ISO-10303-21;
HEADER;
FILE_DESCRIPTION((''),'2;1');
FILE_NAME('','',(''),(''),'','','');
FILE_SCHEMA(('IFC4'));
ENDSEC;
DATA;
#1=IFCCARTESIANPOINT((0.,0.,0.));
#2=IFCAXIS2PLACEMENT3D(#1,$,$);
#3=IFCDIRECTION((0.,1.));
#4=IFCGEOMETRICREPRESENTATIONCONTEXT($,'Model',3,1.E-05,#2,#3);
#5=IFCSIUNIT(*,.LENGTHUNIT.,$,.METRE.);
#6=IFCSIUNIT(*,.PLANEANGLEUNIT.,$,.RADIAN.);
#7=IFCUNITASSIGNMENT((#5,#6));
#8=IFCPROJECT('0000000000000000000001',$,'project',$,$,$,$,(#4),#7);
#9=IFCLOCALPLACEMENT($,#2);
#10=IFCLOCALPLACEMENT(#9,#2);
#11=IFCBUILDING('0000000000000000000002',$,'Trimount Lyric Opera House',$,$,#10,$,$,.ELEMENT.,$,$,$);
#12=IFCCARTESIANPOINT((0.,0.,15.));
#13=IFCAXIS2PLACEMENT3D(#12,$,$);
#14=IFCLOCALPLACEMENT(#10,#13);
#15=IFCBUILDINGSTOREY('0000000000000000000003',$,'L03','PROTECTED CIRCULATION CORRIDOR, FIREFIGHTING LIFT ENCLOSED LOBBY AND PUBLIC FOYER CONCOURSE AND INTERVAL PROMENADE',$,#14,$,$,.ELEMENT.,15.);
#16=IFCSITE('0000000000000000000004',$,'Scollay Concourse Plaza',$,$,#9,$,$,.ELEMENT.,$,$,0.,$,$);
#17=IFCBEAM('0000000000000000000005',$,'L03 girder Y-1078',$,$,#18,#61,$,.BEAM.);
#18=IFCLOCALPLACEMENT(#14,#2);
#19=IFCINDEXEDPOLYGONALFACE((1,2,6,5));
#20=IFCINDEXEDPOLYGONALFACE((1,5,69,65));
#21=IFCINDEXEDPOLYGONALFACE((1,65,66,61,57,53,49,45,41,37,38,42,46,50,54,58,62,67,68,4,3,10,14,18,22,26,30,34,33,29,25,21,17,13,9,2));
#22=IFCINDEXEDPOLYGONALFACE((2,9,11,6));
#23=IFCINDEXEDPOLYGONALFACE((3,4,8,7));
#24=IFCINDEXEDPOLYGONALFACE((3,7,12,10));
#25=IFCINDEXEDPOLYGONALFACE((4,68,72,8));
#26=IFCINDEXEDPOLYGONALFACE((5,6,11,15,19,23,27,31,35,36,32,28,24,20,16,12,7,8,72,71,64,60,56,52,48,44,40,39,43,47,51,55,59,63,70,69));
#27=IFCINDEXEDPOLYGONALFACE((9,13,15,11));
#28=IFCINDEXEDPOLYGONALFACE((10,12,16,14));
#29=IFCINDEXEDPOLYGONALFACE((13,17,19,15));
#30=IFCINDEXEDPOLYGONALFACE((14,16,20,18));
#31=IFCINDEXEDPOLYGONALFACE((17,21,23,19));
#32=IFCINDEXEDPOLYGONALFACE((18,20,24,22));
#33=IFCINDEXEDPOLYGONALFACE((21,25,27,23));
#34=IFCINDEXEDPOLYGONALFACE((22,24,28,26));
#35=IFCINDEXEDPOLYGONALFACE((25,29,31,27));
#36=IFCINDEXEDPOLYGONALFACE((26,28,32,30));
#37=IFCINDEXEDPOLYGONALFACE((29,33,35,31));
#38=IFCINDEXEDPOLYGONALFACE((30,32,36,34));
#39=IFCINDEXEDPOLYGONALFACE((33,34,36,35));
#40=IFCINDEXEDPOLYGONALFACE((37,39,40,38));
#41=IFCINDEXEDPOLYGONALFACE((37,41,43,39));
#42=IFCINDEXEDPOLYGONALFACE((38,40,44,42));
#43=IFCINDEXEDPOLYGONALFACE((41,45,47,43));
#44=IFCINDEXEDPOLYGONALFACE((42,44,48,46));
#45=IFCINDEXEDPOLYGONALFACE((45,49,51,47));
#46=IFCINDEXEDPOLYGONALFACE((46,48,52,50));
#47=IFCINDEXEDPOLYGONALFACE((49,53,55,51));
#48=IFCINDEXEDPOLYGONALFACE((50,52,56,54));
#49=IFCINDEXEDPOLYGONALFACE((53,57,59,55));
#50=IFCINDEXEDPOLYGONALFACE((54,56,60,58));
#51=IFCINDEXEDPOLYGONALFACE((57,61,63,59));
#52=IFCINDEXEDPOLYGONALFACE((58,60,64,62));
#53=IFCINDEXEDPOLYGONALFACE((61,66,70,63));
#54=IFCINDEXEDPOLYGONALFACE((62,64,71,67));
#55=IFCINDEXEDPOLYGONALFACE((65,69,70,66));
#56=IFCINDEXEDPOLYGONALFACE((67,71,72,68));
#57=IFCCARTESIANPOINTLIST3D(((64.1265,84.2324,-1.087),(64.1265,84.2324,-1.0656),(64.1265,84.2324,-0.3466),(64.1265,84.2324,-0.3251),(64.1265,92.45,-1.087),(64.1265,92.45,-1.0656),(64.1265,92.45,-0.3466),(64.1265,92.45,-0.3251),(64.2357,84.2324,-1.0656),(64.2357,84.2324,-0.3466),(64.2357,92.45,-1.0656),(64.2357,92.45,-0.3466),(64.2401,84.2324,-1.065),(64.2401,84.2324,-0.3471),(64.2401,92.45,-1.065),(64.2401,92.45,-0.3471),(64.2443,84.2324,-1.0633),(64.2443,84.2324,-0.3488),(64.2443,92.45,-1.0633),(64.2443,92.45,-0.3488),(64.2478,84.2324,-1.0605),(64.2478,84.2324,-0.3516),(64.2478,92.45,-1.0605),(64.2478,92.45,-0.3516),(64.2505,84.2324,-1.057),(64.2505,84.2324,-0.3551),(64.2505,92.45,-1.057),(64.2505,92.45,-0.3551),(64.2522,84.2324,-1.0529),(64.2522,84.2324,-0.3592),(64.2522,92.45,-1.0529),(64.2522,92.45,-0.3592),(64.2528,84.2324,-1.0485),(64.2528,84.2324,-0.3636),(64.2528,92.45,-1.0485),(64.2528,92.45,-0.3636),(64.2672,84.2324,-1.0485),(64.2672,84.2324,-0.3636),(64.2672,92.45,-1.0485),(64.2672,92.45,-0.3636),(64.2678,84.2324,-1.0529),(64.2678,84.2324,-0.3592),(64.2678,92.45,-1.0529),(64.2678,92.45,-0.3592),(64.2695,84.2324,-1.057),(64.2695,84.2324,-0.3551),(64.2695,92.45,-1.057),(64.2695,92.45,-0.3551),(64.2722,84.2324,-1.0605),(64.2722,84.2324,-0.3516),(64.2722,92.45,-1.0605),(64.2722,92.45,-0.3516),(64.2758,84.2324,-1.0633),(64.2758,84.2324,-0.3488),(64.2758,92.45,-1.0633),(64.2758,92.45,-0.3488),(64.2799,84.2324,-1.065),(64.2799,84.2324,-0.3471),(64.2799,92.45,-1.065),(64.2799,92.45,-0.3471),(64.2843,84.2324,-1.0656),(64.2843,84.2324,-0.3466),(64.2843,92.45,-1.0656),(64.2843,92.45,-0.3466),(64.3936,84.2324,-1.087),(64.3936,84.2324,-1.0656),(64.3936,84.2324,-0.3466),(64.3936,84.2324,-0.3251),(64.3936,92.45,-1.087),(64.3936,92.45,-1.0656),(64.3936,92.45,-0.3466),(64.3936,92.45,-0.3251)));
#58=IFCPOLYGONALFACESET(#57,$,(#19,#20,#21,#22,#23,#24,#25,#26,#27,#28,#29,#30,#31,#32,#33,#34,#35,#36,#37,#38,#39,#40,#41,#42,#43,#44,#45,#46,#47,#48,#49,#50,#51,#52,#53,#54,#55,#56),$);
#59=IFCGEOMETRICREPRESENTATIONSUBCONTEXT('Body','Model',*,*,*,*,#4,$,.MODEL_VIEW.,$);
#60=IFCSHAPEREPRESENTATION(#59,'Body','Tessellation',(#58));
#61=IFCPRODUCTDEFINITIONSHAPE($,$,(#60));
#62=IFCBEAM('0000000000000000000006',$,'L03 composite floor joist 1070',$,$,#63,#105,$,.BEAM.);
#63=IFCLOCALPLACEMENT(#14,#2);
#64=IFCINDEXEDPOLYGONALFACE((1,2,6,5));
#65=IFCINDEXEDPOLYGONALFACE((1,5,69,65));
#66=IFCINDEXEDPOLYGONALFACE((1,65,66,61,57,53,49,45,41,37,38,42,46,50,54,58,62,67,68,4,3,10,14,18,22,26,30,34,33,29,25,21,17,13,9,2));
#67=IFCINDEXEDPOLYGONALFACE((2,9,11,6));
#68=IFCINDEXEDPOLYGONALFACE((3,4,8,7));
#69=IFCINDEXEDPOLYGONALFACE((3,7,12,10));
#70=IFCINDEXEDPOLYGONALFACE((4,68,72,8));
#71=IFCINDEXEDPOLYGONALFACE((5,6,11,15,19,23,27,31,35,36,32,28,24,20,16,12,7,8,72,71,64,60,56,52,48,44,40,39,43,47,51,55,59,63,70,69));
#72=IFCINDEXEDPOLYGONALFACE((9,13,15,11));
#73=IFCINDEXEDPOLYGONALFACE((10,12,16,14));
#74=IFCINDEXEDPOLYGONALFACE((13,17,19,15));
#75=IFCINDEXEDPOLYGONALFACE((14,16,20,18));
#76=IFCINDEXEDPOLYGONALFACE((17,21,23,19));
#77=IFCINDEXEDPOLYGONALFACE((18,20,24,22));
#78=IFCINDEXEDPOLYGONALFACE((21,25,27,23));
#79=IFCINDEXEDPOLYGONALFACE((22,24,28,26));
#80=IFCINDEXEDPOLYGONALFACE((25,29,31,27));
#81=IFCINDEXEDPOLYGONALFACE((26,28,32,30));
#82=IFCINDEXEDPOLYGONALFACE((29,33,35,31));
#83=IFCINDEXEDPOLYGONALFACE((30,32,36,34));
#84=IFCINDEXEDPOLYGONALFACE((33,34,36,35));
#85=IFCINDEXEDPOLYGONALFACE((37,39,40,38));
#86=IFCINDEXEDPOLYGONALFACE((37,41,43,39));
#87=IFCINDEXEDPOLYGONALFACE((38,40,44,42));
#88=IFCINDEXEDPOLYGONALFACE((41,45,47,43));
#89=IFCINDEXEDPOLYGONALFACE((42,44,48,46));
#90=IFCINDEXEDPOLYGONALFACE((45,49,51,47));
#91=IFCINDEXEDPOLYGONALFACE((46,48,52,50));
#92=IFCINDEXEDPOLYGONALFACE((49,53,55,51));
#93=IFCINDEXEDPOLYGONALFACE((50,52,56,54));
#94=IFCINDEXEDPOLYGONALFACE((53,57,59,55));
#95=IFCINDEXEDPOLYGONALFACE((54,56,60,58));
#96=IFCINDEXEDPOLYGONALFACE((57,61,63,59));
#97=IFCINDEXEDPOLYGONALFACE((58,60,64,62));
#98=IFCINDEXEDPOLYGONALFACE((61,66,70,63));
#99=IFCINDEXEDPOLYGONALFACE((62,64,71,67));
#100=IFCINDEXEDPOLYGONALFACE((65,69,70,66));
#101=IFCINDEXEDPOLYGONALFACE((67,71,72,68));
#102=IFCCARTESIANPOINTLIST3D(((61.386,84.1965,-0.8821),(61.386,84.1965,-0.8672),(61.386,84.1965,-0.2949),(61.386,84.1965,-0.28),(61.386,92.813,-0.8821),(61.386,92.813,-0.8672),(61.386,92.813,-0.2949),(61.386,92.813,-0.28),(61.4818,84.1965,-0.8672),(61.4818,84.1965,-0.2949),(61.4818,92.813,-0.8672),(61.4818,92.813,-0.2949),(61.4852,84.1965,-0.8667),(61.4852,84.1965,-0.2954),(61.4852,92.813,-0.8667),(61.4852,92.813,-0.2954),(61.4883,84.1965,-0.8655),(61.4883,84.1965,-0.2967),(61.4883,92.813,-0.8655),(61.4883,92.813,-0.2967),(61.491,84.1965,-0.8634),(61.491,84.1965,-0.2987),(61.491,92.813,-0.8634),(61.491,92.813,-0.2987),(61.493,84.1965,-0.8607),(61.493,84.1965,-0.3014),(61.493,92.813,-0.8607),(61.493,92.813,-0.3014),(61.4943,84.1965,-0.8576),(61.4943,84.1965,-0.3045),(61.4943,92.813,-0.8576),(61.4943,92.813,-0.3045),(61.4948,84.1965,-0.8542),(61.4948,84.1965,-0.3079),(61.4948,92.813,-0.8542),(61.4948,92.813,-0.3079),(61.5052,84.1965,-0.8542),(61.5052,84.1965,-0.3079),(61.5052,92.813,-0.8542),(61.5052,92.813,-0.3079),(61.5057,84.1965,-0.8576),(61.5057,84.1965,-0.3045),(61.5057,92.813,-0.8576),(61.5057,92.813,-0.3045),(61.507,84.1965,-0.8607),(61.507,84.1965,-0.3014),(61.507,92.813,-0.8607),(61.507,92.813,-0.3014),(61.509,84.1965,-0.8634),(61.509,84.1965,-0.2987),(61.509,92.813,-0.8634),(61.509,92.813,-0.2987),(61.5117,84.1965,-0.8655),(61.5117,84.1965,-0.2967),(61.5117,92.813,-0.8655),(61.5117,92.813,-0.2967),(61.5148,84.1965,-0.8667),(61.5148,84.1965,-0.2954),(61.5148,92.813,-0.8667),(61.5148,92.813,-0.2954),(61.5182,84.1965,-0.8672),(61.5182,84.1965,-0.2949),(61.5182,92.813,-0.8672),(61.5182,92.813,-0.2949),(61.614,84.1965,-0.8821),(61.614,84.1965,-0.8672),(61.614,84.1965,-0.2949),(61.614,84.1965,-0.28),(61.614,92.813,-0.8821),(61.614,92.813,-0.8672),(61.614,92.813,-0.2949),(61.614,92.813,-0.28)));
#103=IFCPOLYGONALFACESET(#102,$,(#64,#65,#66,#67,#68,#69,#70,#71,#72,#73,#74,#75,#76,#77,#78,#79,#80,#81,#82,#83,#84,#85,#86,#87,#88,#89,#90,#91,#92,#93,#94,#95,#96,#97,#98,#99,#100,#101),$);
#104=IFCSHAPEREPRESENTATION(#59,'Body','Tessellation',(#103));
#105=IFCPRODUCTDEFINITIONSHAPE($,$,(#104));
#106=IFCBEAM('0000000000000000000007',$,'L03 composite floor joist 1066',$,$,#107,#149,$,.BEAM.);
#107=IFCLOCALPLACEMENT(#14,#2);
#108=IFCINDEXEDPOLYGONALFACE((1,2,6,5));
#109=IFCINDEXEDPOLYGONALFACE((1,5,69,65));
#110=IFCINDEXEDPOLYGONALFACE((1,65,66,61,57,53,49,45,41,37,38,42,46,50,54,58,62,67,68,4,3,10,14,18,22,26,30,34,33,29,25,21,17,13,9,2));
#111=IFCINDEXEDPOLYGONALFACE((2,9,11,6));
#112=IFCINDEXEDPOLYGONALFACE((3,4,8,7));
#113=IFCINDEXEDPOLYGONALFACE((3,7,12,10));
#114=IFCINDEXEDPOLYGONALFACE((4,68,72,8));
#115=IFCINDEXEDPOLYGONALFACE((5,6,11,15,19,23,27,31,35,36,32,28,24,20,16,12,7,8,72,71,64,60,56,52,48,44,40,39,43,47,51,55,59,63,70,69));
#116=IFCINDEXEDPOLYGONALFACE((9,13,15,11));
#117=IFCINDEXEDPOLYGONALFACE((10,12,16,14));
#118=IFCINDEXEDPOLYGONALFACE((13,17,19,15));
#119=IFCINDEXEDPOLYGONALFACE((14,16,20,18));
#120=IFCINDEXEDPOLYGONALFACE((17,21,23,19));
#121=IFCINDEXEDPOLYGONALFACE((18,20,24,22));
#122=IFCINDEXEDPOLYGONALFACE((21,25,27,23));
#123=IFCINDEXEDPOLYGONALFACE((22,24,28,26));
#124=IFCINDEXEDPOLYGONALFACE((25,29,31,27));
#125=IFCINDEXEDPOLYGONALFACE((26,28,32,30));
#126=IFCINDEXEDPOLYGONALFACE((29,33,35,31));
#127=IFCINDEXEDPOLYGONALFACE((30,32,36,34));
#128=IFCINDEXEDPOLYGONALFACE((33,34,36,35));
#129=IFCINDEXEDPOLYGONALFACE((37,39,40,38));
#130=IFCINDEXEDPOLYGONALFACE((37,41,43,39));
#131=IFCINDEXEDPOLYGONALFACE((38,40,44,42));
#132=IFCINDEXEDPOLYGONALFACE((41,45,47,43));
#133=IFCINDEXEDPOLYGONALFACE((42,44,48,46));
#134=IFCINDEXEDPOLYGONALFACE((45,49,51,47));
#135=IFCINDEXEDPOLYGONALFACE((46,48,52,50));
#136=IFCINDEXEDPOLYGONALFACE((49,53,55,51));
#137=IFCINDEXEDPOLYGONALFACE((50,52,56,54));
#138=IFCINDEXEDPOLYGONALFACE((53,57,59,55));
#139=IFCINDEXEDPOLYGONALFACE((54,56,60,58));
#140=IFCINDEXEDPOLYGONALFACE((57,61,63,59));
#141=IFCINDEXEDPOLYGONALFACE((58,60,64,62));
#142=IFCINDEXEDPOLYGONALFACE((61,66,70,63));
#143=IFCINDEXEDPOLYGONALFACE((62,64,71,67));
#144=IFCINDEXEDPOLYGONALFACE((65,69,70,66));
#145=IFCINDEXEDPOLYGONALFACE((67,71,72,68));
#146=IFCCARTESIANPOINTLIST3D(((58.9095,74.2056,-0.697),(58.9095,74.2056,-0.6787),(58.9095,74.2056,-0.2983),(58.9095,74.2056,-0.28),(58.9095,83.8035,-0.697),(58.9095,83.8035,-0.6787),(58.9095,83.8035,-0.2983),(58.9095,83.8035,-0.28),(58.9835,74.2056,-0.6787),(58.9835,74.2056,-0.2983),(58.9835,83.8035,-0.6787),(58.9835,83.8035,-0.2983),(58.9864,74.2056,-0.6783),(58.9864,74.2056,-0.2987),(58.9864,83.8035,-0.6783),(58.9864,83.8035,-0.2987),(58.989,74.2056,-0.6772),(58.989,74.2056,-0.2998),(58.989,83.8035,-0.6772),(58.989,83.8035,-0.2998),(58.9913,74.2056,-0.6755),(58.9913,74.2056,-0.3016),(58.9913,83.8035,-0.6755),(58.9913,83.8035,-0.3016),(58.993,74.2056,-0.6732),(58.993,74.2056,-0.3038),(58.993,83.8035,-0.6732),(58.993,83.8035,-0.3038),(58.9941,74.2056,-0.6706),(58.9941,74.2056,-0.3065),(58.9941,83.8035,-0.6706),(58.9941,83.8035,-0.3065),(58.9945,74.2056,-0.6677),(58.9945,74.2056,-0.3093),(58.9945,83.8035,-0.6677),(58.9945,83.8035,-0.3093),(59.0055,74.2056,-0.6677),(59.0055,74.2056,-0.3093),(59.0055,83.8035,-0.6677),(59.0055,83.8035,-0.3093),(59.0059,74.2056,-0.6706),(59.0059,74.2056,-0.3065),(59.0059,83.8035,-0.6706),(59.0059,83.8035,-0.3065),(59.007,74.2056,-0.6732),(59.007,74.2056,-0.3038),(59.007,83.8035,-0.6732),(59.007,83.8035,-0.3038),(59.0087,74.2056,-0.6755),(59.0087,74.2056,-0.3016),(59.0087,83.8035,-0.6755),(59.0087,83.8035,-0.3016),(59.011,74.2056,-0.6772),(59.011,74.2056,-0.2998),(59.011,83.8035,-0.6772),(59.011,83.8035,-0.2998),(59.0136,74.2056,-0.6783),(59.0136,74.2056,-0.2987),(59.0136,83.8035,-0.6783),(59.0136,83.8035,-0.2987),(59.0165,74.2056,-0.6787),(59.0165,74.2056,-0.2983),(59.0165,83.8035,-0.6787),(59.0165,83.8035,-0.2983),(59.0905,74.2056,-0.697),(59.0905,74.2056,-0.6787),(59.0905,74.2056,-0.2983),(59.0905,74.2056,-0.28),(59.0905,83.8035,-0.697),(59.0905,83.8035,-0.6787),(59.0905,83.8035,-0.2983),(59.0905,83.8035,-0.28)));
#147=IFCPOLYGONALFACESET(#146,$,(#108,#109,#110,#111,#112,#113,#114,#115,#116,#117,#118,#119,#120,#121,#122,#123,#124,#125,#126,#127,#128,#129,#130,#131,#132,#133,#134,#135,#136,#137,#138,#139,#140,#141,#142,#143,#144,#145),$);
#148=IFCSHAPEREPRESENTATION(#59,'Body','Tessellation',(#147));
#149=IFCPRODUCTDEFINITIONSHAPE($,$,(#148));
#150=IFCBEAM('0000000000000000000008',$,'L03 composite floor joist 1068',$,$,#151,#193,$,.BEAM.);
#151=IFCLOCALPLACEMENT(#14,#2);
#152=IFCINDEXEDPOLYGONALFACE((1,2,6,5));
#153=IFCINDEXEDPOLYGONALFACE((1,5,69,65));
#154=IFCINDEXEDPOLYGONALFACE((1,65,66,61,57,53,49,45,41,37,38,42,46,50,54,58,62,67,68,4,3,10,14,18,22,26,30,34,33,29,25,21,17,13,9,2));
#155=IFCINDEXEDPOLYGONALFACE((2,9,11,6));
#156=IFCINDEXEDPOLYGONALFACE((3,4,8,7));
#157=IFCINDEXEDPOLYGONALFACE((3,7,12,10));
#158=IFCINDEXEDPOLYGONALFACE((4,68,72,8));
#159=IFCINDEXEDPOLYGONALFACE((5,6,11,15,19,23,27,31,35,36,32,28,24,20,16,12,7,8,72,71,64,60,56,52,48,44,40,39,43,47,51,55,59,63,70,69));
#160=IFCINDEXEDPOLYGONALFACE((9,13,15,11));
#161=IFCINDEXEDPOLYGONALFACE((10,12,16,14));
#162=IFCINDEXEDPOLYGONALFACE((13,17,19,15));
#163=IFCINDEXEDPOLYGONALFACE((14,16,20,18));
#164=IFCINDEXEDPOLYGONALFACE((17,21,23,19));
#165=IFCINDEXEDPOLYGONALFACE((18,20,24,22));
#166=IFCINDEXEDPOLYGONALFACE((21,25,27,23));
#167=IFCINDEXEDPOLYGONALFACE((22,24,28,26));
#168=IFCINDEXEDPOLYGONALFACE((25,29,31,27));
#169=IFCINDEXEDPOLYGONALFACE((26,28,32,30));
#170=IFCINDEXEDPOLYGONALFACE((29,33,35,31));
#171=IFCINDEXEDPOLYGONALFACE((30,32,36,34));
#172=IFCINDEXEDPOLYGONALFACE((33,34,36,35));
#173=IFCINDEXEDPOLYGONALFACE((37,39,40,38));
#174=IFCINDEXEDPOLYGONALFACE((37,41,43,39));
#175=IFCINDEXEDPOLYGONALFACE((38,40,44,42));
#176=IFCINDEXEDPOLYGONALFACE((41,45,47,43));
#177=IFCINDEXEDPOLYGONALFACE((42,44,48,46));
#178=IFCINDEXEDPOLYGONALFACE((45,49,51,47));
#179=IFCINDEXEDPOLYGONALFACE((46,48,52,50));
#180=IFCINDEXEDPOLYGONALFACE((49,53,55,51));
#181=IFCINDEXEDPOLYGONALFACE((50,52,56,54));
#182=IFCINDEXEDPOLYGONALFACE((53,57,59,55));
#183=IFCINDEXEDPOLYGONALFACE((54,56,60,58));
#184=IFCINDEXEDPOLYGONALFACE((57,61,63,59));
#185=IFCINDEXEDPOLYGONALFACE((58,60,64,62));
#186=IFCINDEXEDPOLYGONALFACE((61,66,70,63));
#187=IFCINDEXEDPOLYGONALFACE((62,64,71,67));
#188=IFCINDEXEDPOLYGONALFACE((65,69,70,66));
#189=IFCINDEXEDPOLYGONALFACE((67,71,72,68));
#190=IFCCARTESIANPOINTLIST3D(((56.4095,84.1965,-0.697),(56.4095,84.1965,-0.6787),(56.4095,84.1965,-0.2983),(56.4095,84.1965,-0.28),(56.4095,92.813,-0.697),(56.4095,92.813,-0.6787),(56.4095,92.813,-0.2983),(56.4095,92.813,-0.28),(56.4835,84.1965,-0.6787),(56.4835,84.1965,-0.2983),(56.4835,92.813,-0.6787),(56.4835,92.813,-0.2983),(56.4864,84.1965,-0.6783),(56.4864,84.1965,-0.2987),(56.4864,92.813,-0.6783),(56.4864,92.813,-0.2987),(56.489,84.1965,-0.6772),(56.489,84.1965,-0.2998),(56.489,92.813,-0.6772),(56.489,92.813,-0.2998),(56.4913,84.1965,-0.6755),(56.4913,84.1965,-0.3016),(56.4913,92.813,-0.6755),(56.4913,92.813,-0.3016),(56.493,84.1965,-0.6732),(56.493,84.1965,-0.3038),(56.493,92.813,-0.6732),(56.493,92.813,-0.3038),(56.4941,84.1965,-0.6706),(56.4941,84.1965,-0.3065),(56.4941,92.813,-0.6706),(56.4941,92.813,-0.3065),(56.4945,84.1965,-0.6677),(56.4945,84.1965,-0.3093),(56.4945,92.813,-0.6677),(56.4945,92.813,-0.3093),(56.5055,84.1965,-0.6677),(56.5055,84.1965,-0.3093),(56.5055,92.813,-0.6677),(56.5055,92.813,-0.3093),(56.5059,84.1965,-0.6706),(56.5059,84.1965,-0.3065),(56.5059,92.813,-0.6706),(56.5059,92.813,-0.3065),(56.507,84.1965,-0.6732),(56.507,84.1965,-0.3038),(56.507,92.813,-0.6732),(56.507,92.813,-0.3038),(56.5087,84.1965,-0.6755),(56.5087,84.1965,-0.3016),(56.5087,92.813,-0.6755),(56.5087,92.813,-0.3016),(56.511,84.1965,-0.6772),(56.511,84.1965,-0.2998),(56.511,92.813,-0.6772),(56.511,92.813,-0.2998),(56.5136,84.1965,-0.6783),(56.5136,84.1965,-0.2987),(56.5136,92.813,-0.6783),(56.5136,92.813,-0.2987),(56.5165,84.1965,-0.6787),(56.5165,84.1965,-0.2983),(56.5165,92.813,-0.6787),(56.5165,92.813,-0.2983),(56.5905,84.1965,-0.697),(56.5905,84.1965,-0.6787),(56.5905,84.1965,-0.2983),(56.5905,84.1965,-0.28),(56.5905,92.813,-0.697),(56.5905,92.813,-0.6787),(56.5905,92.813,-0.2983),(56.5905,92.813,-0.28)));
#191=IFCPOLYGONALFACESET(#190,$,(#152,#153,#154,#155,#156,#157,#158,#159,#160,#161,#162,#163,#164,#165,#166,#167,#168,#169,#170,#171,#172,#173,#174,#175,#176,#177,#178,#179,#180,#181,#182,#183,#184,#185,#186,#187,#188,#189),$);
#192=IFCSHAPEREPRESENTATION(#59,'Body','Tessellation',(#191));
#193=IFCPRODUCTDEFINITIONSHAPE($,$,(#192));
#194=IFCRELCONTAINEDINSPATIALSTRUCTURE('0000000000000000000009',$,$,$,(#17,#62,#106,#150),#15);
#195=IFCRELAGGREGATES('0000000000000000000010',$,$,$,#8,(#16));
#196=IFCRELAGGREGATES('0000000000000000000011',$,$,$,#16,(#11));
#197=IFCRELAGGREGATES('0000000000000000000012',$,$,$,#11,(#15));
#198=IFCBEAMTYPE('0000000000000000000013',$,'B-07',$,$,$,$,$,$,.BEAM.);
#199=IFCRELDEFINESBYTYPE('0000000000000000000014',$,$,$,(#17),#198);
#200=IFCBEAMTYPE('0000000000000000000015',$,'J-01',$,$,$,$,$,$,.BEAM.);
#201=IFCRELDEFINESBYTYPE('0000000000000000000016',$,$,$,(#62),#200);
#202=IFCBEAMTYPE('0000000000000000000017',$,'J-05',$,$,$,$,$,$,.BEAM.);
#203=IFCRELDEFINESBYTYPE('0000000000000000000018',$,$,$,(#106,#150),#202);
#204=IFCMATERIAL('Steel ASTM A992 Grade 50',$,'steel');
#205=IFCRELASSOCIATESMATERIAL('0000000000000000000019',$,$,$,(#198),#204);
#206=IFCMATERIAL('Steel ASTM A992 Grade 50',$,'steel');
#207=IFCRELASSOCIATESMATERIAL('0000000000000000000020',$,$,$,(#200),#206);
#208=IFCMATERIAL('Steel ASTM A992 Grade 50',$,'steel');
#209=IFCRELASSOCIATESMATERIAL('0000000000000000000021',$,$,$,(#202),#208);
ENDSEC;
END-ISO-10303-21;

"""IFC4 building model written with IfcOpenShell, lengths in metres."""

from ifc_helpers import new_model, si_unit, direction, frame, origin, origin_2d, place, context, subcontext, project, spatial, i_section, extrude, material, material_profile, profile_set, type_object, element, save


model = new_model("IFC4")

# Units and contexts
model_context = context("Model", 3, precision=1e-05, world=origin(), true_north=direction((0.0, 1.0)))
body_context = subcontext(model_context, "Body", "Model", "MODEL_VIEW")
ifc_project = project(units=[si_unit("LENGTHUNIT", "METRE"), si_unit("PLANEANGLEUNIT", "RADIAN")], contexts=[model_context])

# Site, building, storey
site_placement = place(None, origin())
site = spatial("IfcSite", under=ifc_project, at=site_placement, Name="Scollay Concourse Plaza", CompositionType="ELEMENT", RefElevation=0.0)
building_placement = place(site_placement, origin())
building = spatial("IfcBuilding", under=site, at=building_placement, Name="Trimount Lyric Opera House", CompositionType="ELEMENT")
storey_placement = place(building_placement, frame((0.0, 0.0, 15.0)))
storey = spatial("IfcBuildingStorey", under=building, at=storey_placement, Name="L03", Description="PROTECTED CIRCULATION CORRIDOR, FIREFIGHTING LIFT ENCLOSED LOBBY AND PUBLIC FOYER CONCOURSE AND INTERVAL PROMENADE", CompositionType="ELEMENT", Elevation=15.0)

# Beams
ifc_material_1 = material(Name="Steel ASTM A992 Grade 50", Category="steel")
ifc_material_profile_1 = material_profile(ifc_material_1, i_section(OverallWidth=0.2671, OverallDepth=0.762, WebThickness=0.0144, FlangeThickness=0.0215, FilletRadius=0.0171, at=origin_2d()), Name="W30X116")
ifc_profile_set_1 = profile_set([ifc_material_profile_1], Name="Steel ASTM A992 Grade 50")
beam_type_1 = type_object("IfcBeamType", Name="B-07", PredefinedType="BEAM", material=ifc_profile_set_1)
beam_1_placement = place(storey_placement, frame((64.26, 84.2324, -0.7061), z_axis=(0.0, 1.0, 0.0), x_axis=(-1.0, 0.0, 0.0)))
element("IfcBeam", 1, at=beam_1_placement, inside=storey, type_object=beam_type_1, Name="L03 girder Y-1078", PredefinedType="BEAM", context=body_context, shape_type="SweptSolid", body=[
    extrude(i_section(OverallWidth=0.2671, OverallDepth=0.762, WebThickness=0.0144, FlangeThickness=0.0215, FilletRadius=0.0171, at=origin_2d()), origin(), (0.0, 0.0, 1.0), 8.2175),
])
ifc_material_2 = material(Name="Steel ASTM A992 Grade 50", Category="steel")
ifc_material_profile_2 = material_profile(ifc_material_2, i_section(OverallWidth=0.228, OverallDepth=0.6021, WebThickness=0.0105, FlangeThickness=0.0149, FilletRadius=0.0129, at=origin_2d()), Name="W24X68")
ifc_profile_set_2 = profile_set([ifc_material_profile_2], Name="Steel ASTM A992 Grade 50")
beam_type_2 = type_object("IfcBeamType", Name="J-01", PredefinedType="BEAM", material=ifc_profile_set_2)
beam_2_placement = place(storey_placement, frame((61.5, 84.1965, -0.5811), z_axis=(0.0, 1.0, 0.0), x_axis=(-1.0, 0.0, 0.0)))
element("IfcBeam", 2, at=beam_2_placement, inside=storey, type_object=beam_type_2, Name="L03 composite floor joist 1070", PredefinedType="BEAM", context=body_context, shape_type="SweptSolid", body=[
    extrude(i_section(OverallWidth=0.228, OverallDepth=0.6021, WebThickness=0.0105, FlangeThickness=0.0149, FilletRadius=0.0129, at=origin_2d()), origin(), (0.0, 0.0, 1.0), 8.6165),
])
ifc_material_3 = material(Name="Steel ASTM A992 Grade 50", Category="steel")
ifc_material_profile_3 = material_profile(ifc_material_3, i_section(OverallWidth=0.1809, OverallDepth=0.417, WebThickness=0.011, FlangeThickness=0.0183, FilletRadius=0.011, at=origin_2d()), Name="W16X57")
ifc_profile_set_3 = profile_set([ifc_material_profile_3], Name="Steel ASTM A992 Grade 50")
beam_type_3 = type_object("IfcBeamType", Name="J-05", PredefinedType="BEAM", material=ifc_profile_set_3)
beam_3_placement = place(storey_placement, frame((59.0, 74.2056, -0.4885), z_axis=(0.0, 1.0, 0.0), x_axis=(-1.0, 0.0, 0.0)))
element("IfcBeam", 3, at=beam_3_placement, inside=storey, type_object=beam_type_3, Name="L03 composite floor joist 1066", PredefinedType="BEAM", context=body_context, shape_type="SweptSolid", body=[
    extrude(i_section(OverallWidth=0.1809, OverallDepth=0.417, WebThickness=0.011, FlangeThickness=0.0183, FilletRadius=0.011, at=origin_2d()), origin(), (0.0, 0.0, 1.0), 9.5979),
])
beam_4_placement = place(storey_placement, frame((56.5, 84.1965, -0.4885), z_axis=(0.0, 1.0, 0.0), x_axis=(-1.0, 0.0, 0.0)))
element("IfcBeam", 4, at=beam_4_placement, inside=storey, type_object=beam_type_3, Name="L03 composite floor joist 1068", PredefinedType="BEAM", context=body_context, shape_type="SweptSolid", body=[
    extrude(i_section(OverallWidth=0.1809, OverallDepth=0.417, WebThickness=0.011, FlangeThickness=0.0183, FilletRadius=0.011, at=origin_2d()), origin(), (0.0, 0.0, 1.0), 8.6165),
])

save(model, "model.ifc")
